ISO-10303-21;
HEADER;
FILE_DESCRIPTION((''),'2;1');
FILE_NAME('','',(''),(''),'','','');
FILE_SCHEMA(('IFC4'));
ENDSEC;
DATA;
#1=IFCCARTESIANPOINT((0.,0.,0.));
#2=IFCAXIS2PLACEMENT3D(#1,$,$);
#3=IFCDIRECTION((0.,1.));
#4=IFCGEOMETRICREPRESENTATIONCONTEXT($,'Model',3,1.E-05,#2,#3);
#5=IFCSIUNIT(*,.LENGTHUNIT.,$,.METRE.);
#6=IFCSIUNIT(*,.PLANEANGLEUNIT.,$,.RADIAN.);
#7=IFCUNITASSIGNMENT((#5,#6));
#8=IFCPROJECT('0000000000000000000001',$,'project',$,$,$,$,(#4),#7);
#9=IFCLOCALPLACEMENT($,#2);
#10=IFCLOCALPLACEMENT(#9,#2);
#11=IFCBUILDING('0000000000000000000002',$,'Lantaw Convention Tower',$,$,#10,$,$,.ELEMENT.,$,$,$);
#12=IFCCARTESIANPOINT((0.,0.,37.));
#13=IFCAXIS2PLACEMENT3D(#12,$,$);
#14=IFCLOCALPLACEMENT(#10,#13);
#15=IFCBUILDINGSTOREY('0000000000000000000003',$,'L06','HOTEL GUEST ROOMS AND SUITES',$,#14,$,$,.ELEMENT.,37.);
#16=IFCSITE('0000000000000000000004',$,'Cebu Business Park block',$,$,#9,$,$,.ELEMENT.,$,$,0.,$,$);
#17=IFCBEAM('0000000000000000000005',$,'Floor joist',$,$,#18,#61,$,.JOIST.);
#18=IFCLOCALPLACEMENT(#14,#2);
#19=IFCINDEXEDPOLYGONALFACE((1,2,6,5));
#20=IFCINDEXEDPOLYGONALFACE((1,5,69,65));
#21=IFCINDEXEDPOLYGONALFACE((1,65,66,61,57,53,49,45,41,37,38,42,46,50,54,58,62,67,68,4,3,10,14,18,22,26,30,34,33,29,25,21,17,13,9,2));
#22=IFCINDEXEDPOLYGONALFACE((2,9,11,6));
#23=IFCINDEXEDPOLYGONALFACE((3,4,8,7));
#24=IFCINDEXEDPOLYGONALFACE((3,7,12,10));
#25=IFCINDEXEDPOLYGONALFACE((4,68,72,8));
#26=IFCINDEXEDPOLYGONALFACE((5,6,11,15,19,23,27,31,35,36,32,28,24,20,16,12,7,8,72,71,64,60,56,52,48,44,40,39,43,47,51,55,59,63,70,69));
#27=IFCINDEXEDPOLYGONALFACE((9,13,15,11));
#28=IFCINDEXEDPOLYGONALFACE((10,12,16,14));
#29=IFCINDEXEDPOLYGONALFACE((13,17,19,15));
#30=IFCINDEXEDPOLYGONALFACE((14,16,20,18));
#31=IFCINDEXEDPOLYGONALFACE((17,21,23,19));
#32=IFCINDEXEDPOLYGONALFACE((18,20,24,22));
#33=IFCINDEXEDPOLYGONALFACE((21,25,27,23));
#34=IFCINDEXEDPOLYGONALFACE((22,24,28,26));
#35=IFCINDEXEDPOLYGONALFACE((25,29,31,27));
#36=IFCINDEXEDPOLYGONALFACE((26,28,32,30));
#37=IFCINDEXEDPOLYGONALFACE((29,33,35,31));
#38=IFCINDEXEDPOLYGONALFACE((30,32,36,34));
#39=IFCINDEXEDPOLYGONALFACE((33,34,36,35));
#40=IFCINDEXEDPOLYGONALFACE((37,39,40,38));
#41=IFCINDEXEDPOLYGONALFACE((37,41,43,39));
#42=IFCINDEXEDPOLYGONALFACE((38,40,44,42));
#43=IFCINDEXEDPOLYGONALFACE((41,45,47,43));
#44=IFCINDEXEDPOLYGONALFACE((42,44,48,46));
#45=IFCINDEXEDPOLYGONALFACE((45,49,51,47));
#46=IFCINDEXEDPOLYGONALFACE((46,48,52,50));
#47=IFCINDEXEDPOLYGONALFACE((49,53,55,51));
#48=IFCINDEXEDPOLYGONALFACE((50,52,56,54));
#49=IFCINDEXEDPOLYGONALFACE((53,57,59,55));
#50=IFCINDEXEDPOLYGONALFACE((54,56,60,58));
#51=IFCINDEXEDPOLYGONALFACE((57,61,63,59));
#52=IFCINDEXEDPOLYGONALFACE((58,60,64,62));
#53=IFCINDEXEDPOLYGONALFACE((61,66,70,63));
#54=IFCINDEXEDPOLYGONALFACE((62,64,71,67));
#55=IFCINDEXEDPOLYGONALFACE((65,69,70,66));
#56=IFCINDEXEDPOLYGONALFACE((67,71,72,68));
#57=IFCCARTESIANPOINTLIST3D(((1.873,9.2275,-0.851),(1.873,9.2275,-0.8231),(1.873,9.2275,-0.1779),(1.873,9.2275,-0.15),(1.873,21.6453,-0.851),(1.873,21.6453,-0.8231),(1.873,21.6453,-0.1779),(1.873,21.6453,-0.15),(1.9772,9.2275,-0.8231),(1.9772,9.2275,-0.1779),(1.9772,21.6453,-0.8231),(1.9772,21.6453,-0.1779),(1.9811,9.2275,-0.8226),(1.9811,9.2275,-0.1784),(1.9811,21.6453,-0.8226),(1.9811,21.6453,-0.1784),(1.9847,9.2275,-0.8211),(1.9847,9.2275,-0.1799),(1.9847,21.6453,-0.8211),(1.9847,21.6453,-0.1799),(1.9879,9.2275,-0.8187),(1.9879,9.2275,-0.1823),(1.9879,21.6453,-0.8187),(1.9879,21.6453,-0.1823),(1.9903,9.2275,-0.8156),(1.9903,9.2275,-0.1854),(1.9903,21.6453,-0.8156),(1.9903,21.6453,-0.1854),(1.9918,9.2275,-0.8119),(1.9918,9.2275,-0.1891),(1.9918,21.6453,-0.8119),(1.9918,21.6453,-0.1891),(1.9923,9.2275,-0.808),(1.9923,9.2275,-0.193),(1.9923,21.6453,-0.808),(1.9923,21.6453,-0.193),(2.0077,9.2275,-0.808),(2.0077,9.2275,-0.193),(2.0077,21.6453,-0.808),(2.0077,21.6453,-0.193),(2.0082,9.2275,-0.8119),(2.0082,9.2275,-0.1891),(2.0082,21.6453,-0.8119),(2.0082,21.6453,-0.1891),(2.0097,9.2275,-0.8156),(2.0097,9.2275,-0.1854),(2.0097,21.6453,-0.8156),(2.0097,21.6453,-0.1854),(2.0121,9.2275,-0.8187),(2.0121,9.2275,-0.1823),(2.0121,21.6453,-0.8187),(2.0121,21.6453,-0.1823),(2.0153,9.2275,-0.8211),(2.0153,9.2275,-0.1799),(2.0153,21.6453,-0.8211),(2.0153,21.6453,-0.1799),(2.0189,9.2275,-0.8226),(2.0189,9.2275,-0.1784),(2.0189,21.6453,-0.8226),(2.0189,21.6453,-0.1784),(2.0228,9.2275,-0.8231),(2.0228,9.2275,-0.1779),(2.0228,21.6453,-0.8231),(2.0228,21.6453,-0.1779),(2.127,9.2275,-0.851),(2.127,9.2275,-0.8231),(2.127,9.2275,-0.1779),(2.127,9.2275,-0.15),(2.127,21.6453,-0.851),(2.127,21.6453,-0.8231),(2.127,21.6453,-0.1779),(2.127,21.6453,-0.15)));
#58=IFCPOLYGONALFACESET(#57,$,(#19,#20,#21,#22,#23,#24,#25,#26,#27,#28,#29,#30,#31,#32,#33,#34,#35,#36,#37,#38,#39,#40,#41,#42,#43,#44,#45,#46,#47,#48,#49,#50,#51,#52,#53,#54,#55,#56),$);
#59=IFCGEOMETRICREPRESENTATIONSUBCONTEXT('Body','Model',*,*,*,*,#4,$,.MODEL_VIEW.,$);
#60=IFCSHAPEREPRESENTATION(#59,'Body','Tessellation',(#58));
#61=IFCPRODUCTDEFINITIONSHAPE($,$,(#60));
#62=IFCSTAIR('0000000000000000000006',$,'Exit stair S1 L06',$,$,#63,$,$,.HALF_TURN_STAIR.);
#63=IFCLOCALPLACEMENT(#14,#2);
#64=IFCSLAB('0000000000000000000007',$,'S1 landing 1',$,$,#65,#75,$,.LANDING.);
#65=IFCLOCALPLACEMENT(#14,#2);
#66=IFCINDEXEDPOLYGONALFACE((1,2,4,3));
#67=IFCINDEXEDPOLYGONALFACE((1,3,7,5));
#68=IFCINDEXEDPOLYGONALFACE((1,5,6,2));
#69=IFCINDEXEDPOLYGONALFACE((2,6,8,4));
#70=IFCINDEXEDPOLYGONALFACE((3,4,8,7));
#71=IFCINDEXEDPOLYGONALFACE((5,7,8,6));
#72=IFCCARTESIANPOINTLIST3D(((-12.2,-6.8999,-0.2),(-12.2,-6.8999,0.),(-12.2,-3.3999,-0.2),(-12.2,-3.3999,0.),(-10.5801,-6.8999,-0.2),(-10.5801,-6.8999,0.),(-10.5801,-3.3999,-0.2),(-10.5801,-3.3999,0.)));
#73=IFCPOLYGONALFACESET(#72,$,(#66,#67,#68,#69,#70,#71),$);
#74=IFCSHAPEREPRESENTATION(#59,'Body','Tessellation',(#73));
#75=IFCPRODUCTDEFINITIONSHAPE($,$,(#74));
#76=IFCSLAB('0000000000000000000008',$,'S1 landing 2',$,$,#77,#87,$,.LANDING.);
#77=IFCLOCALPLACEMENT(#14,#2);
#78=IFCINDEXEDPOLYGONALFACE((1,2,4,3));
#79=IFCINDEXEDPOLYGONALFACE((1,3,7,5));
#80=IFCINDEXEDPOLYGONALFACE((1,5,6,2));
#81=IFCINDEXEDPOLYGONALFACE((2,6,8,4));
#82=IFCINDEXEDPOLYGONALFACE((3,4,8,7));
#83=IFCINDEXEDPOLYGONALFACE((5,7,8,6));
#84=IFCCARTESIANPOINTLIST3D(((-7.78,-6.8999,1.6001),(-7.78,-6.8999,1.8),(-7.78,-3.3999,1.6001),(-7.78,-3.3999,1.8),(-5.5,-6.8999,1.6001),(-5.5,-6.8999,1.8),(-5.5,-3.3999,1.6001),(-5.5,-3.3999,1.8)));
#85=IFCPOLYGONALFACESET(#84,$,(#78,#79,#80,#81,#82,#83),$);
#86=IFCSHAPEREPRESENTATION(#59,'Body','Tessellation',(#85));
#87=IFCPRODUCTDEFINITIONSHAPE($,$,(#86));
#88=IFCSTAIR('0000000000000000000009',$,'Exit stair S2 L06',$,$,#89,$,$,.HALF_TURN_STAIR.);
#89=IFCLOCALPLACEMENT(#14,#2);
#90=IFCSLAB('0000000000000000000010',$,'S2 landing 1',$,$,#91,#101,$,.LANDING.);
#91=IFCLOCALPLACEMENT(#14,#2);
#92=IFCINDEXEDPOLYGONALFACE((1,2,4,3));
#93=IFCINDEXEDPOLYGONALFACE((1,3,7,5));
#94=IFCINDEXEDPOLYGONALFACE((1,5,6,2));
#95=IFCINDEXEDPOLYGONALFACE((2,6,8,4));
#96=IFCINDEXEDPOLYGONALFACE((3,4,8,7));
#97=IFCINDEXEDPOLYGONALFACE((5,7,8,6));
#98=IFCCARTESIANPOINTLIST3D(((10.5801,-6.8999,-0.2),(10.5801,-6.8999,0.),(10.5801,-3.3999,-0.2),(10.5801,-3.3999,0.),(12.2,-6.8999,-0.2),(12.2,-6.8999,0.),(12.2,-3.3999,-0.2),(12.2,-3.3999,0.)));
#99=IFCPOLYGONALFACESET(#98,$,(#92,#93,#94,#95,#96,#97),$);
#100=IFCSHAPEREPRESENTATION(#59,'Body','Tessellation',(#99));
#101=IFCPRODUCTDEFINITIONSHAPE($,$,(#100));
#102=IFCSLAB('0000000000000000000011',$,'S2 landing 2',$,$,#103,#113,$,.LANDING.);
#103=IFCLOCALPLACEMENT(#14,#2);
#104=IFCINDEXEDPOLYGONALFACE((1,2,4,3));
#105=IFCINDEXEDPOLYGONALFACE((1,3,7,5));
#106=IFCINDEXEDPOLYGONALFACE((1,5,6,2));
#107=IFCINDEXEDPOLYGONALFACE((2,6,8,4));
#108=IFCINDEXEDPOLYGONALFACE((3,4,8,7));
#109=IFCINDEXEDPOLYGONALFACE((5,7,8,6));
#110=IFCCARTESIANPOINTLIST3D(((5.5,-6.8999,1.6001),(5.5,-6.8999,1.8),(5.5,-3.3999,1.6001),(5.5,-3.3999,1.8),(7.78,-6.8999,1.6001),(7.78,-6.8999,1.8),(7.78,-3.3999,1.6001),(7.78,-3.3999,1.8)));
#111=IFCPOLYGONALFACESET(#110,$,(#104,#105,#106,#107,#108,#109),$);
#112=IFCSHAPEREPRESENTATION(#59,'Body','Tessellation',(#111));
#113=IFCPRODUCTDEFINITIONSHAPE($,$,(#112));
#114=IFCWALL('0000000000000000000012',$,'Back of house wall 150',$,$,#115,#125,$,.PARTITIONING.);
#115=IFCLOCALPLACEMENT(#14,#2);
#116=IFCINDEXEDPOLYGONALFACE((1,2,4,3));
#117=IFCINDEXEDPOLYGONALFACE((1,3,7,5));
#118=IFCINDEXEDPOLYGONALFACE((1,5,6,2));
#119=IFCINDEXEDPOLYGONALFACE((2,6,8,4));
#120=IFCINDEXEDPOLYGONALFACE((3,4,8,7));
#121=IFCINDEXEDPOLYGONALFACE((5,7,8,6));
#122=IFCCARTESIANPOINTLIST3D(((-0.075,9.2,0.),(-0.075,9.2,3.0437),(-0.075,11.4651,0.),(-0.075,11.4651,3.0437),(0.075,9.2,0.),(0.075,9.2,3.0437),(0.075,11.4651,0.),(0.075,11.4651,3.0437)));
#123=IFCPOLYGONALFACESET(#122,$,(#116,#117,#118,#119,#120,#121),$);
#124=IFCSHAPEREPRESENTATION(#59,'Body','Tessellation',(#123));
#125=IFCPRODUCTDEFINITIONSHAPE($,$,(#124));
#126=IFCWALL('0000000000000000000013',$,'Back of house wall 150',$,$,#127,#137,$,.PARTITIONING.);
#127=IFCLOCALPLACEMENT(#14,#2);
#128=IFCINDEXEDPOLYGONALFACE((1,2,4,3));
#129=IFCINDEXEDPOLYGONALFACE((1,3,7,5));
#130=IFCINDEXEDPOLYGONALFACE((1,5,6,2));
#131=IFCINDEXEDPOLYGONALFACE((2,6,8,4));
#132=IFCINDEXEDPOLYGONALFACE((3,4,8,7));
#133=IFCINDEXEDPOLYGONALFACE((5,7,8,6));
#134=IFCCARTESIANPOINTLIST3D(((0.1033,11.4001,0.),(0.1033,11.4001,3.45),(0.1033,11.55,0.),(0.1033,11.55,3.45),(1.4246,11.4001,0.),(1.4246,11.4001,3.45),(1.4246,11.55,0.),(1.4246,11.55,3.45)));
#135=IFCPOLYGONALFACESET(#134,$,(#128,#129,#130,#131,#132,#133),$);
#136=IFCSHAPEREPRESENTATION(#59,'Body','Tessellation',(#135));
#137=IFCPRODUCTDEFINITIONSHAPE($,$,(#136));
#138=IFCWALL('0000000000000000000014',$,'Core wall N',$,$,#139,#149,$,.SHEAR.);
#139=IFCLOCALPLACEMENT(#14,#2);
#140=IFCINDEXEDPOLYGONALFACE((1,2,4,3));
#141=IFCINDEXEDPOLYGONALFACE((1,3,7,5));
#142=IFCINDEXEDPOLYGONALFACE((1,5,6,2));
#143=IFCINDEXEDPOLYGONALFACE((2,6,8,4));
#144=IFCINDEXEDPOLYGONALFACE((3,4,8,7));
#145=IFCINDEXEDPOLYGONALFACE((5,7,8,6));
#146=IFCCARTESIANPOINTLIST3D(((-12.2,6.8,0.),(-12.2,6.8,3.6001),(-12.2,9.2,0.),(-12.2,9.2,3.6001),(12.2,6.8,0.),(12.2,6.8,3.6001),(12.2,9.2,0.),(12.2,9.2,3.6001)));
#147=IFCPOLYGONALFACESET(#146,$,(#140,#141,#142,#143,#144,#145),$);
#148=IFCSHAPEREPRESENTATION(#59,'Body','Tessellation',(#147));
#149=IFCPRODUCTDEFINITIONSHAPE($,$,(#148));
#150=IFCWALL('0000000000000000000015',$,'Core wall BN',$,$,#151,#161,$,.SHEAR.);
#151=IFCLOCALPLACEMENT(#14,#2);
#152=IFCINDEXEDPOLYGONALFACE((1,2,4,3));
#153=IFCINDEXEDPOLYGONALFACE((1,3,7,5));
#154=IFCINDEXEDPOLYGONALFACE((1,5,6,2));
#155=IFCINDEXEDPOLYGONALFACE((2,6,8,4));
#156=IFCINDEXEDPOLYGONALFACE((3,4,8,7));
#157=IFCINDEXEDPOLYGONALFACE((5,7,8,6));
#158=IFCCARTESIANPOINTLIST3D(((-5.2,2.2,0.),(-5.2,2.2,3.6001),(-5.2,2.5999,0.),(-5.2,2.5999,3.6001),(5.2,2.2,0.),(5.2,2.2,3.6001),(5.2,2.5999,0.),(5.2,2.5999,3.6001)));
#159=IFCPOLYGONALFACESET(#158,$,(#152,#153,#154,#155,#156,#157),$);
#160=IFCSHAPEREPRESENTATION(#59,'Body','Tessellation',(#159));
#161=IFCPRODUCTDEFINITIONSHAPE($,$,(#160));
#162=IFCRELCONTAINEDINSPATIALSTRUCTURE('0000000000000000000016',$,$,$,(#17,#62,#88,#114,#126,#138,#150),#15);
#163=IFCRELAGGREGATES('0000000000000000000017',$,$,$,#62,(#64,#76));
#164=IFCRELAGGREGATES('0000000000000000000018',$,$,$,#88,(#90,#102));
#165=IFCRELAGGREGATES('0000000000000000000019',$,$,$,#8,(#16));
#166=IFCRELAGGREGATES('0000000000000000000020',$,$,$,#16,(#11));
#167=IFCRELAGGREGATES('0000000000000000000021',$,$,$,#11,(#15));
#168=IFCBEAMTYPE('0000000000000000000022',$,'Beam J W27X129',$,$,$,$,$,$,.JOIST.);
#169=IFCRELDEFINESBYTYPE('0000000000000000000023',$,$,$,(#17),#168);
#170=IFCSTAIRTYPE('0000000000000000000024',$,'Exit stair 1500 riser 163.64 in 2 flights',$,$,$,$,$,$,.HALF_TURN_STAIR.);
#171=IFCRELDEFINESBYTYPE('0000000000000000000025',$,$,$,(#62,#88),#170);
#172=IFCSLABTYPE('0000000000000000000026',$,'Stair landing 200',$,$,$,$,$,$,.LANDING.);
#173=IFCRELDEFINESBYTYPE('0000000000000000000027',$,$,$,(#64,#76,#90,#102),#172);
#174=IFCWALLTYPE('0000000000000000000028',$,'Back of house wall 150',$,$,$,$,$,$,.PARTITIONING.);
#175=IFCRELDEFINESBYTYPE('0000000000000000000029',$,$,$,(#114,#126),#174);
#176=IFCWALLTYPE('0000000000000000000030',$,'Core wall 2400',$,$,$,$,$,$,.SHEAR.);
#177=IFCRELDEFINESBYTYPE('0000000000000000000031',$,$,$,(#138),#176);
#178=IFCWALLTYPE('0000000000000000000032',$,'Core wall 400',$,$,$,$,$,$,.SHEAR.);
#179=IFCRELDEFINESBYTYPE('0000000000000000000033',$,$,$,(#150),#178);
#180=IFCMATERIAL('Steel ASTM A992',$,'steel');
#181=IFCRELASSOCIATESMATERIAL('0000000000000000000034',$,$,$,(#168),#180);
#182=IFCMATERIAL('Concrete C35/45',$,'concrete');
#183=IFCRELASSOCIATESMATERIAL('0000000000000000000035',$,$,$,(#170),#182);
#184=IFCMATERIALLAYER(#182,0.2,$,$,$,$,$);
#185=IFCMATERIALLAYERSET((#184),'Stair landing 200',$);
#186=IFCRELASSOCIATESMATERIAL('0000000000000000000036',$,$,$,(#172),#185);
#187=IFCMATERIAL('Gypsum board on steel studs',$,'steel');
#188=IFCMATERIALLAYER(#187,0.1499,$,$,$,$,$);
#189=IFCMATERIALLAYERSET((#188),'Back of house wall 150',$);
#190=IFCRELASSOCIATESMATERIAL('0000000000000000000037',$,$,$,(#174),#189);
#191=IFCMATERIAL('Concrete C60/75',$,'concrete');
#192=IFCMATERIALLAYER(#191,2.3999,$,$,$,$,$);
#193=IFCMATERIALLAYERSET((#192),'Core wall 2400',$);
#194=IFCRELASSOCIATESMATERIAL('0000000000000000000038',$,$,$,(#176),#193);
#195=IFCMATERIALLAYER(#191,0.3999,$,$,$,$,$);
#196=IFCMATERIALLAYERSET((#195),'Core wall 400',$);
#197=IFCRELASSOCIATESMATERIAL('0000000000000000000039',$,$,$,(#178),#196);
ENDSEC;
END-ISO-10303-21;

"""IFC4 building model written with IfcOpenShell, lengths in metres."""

from ifc_helpers import new_model, si_unit, direction, frame, frame_2d, origin, origin_2d, place, context, subcontext, project, spatial, polyline, rectangle, i_section, outline, extrude, material, layer, layer_set, material_profile, profile_set, type_object, element, aggregate, save


model = new_model("IFC4")

# Units and contexts
model_context = context("Model", 3, precision=1e-05, world=origin(), true_north=direction((0.0, 1.0)))
body_context = subcontext(model_context, "Body", "Model", "MODEL_VIEW")
ifc_project = project(units=[si_unit("LENGTHUNIT", "METRE"), si_unit("PLANEANGLEUNIT", "RADIAN")], contexts=[model_context])

# Site, building, storey
site_placement = place(None, origin())
site = spatial("IfcSite", under=ifc_project, at=site_placement, Name="Cebu Business Park block", CompositionType="ELEMENT", RefElevation=0.0)
building_placement = place(site_placement, origin())
building = spatial("IfcBuilding", under=site, at=building_placement, Name="Lantaw Convention Tower", CompositionType="ELEMENT")
storey_placement = place(building_placement, frame((0.0, 0.0, 37.0)))
storey = spatial("IfcBuildingStorey", under=building, at=storey_placement, Name="L06", Description="HOTEL GUEST ROOMS AND SUITES", CompositionType="ELEMENT", Elevation=37.0)

# Beam
ifc_material_1 = material(Name="Steel ASTM A992", Category="steel")
ifc_material_profile_1 = material_profile(ifc_material_1, i_section(OverallWidth=0.2539, OverallDepth=0.7009, WebThickness=0.0154, FlangeThickness=0.0278, FilletRadius=0.0151, at=origin_2d()), Name="W27X129")
ifc_profile_set_1 = profile_set([ifc_material_profile_1], Name="Steel ASTM A992")
beam_type_1 = type_object("IfcBeamType", Name="Beam J W27X129", PredefinedType="JOIST", material=ifc_profile_set_1)
beam_1_placement = place(storey_placement, frame((2.0, 9.2275, -0.5005), z_axis=(0.0, 1.0, 0.0), x_axis=(-1.0, 0.0, 0.0)))
element("IfcBeam", 1, at=beam_1_placement, inside=storey, type_object=beam_type_1, Name="Floor joist", PredefinedType="JOIST", context=body_context, shape_type="SweptSolid", body=[
    extrude(i_section(OverallWidth=0.2539, OverallDepth=0.7009, WebThickness=0.0154, FlangeThickness=0.0278, FilletRadius=0.0151, at=origin_2d()), origin(), (0.0, 0.0, 1.0), 12.4177),
])

# Stairs, slabs
ifc_material_2 = material(Name="Concrete C35/45", Category="concrete")
stair_type = type_object("IfcStairType", Name="Exit stair 1500 riser 163.64 in 2 flights", PredefinedType="HALF_TURN_STAIR", material=ifc_material_2)
stair_1_placement = place(storey_placement, origin())
stair_1 = element("IfcStair", 2, at=stair_1_placement, inside=storey, type_object=stair_type, Name="Exit stair S1 L06", PredefinedType="HALF_TURN_STAIR")
ifc_layer_1 = layer(ifc_material_2, 0.2)
ifc_layer_set_1 = layer_set([ifc_layer_1], Name="Stair landing 200")
slab_type = type_object("IfcSlabType", Name="Stair landing 200", PredefinedType="LANDING", material=ifc_layer_set_1)
slab_1_placement = place(storey_placement, frame((0.0, 0.0, -0.2)))
slab_1 = element("IfcSlab", 3, at=slab_1_placement, type_object=slab_type, Name="S1 landing 1", PredefinedType="LANDING", context=body_context, shape_type="SweptSolid", body=[
    extrude(outline(polyline([(-12.2, -6.8999), (-10.5801, -6.8999), (-10.5801, -3.3999), (-12.2, -3.3999), (-12.2, -6.8999)])), origin(), (0.0, 0.0, 1.0), 0.2),
])
slab_2_placement = place(storey_placement, frame((0.0, 0.0, 1.6001)))
slab_2 = element("IfcSlab", 4, at=slab_2_placement, type_object=slab_type, Name="S1 landing 2", PredefinedType="LANDING", context=body_context, shape_type="SweptSolid", body=[
    extrude(outline(polyline([(-7.78, -6.8999), (-5.5, -6.8999), (-5.5, -3.3999), (-7.78, -3.3999), (-7.78, -6.8999)])), origin(), (0.0, 0.0, 1.0), 0.2),
])
aggregate(stair_1, [slab_1, slab_2])
stair_2_placement = place(storey_placement, origin())
stair_2 = element("IfcStair", 5, at=stair_2_placement, inside=storey, type_object=stair_type, Name="Exit stair S2 L06", PredefinedType="HALF_TURN_STAIR")
slab_3_placement = place(storey_placement, frame((0.0, 0.0, -0.2)))
slab_3 = element("IfcSlab", 6, at=slab_3_placement, type_object=slab_type, Name="S2 landing 1", PredefinedType="LANDING", context=body_context, shape_type="SweptSolid", body=[
    extrude(outline(polyline([(10.5801, -6.8999), (12.2, -6.8999), (12.2, -3.3999), (10.5801, -3.3999), (10.5801, -6.8999)])), origin(), (0.0, 0.0, 1.0), 0.2),
])
slab_4_placement = place(storey_placement, frame((0.0, 0.0, 1.6001)))
slab_4 = element("IfcSlab", 7, at=slab_4_placement, type_object=slab_type, Name="S2 landing 2", PredefinedType="LANDING", context=body_context, shape_type="SweptSolid", body=[
    extrude(outline(polyline([(5.5, -6.8999), (7.78, -6.8999), (7.78, -3.3999), (5.5, -3.3999), (5.5, -6.8999)])), origin(), (0.0, 0.0, 1.0), 0.2),
])
aggregate(stair_2, [slab_3, slab_4])

# Walls
ifc_material_3 = material(Name="Gypsum board on steel studs", Category="steel")
ifc_layer_2 = layer(ifc_material_3, 0.1499)
ifc_layer_set_2 = layer_set([ifc_layer_2], Name="Back of house wall 150")
wall_type_1 = type_object("IfcWallType", Name="Back of house wall 150", PredefinedType="PARTITIONING", material=ifc_layer_set_2)
wall_1_placement = place(storey_placement, frame((0.0, 9.2, 0.0), z_axis=(0.0, 0.0, 1.0), x_axis=(0.0, 1.0, 0.0)))
element("IfcWall", 8, at=wall_1_placement, inside=storey, type_object=wall_type_1, Name="Back of house wall 150", PredefinedType="PARTITIONING", context=body_context, shape_type="SweptSolid", body=[
    extrude(rectangle(XDim=2.2651, YDim=0.1499, at=frame_2d((1.1326, 0.0))), origin(), (0.0, 0.0, 1.0), 3.0437),
])
wall_2_placement = place(storey_placement, frame((1.4246, 11.4751, 0.0), z_axis=(0.0, 0.0, 1.0), x_axis=(-1.0, 0.0, 0.0)))
element("IfcWall", 9, at=wall_2_placement, inside=storey, type_object=wall_type_1, Name="Back of house wall 150", PredefinedType="PARTITIONING", context=body_context, shape_type="SweptSolid", body=[
    extrude(rectangle(XDim=1.3213, YDim=0.1499, at=frame_2d((0.6606, 0.0))), origin(), (0.0, 0.0, 1.0), 3.45),
])
ifc_material_4 = material(Name="Concrete C60/75", Category="concrete")
ifc_layer_3 = layer(ifc_material_4, 2.3999)
ifc_layer_set_3 = layer_set([ifc_layer_3], Name="Core wall 2400")
wall_type_2 = type_object("IfcWallType", Name="Core wall 2400", PredefinedType="SHEAR", material=ifc_layer_set_3)
wall_3_placement = place(storey_placement, frame((12.2, 8.0, 0.0), z_axis=(0.0, 0.0, 1.0), x_axis=(-1.0, 0.0, 0.0)))
element("IfcWall", 10, at=wall_3_placement, inside=storey, type_object=wall_type_2, Name="Core wall N", PredefinedType="SHEAR", context=body_context, shape_type="SweptSolid", body=[
    extrude(rectangle(XDim=24.3999, YDim=2.3999, at=frame_2d((12.2, 0.0))), origin(), (0.0, 0.0, 1.0), 3.6001),
])
ifc_layer_4 = layer(ifc_material_4, 0.3999)
ifc_layer_set_4 = layer_set([ifc_layer_4], Name="Core wall 400")
wall_type_3 = type_object("IfcWallType", Name="Core wall 400", PredefinedType="SHEAR", material=ifc_layer_set_4)
wall_4_placement = place(storey_placement, frame((5.2, 2.3999, 0.0), z_axis=(0.0, 0.0, 1.0), x_axis=(-1.0, 0.0, 0.0)))
element("IfcWall", 11, at=wall_4_placement, inside=storey, type_object=wall_type_3, Name="Core wall BN", PredefinedType="SHEAR", context=body_context, shape_type="SweptSolid", body=[
    extrude(rectangle(XDim=10.3999, YDim=0.3999, at=frame_2d((5.2, 0.0))), origin(), (0.0, 0.0, 1.0), 3.6001),
])

save(model, "model.ifc")
